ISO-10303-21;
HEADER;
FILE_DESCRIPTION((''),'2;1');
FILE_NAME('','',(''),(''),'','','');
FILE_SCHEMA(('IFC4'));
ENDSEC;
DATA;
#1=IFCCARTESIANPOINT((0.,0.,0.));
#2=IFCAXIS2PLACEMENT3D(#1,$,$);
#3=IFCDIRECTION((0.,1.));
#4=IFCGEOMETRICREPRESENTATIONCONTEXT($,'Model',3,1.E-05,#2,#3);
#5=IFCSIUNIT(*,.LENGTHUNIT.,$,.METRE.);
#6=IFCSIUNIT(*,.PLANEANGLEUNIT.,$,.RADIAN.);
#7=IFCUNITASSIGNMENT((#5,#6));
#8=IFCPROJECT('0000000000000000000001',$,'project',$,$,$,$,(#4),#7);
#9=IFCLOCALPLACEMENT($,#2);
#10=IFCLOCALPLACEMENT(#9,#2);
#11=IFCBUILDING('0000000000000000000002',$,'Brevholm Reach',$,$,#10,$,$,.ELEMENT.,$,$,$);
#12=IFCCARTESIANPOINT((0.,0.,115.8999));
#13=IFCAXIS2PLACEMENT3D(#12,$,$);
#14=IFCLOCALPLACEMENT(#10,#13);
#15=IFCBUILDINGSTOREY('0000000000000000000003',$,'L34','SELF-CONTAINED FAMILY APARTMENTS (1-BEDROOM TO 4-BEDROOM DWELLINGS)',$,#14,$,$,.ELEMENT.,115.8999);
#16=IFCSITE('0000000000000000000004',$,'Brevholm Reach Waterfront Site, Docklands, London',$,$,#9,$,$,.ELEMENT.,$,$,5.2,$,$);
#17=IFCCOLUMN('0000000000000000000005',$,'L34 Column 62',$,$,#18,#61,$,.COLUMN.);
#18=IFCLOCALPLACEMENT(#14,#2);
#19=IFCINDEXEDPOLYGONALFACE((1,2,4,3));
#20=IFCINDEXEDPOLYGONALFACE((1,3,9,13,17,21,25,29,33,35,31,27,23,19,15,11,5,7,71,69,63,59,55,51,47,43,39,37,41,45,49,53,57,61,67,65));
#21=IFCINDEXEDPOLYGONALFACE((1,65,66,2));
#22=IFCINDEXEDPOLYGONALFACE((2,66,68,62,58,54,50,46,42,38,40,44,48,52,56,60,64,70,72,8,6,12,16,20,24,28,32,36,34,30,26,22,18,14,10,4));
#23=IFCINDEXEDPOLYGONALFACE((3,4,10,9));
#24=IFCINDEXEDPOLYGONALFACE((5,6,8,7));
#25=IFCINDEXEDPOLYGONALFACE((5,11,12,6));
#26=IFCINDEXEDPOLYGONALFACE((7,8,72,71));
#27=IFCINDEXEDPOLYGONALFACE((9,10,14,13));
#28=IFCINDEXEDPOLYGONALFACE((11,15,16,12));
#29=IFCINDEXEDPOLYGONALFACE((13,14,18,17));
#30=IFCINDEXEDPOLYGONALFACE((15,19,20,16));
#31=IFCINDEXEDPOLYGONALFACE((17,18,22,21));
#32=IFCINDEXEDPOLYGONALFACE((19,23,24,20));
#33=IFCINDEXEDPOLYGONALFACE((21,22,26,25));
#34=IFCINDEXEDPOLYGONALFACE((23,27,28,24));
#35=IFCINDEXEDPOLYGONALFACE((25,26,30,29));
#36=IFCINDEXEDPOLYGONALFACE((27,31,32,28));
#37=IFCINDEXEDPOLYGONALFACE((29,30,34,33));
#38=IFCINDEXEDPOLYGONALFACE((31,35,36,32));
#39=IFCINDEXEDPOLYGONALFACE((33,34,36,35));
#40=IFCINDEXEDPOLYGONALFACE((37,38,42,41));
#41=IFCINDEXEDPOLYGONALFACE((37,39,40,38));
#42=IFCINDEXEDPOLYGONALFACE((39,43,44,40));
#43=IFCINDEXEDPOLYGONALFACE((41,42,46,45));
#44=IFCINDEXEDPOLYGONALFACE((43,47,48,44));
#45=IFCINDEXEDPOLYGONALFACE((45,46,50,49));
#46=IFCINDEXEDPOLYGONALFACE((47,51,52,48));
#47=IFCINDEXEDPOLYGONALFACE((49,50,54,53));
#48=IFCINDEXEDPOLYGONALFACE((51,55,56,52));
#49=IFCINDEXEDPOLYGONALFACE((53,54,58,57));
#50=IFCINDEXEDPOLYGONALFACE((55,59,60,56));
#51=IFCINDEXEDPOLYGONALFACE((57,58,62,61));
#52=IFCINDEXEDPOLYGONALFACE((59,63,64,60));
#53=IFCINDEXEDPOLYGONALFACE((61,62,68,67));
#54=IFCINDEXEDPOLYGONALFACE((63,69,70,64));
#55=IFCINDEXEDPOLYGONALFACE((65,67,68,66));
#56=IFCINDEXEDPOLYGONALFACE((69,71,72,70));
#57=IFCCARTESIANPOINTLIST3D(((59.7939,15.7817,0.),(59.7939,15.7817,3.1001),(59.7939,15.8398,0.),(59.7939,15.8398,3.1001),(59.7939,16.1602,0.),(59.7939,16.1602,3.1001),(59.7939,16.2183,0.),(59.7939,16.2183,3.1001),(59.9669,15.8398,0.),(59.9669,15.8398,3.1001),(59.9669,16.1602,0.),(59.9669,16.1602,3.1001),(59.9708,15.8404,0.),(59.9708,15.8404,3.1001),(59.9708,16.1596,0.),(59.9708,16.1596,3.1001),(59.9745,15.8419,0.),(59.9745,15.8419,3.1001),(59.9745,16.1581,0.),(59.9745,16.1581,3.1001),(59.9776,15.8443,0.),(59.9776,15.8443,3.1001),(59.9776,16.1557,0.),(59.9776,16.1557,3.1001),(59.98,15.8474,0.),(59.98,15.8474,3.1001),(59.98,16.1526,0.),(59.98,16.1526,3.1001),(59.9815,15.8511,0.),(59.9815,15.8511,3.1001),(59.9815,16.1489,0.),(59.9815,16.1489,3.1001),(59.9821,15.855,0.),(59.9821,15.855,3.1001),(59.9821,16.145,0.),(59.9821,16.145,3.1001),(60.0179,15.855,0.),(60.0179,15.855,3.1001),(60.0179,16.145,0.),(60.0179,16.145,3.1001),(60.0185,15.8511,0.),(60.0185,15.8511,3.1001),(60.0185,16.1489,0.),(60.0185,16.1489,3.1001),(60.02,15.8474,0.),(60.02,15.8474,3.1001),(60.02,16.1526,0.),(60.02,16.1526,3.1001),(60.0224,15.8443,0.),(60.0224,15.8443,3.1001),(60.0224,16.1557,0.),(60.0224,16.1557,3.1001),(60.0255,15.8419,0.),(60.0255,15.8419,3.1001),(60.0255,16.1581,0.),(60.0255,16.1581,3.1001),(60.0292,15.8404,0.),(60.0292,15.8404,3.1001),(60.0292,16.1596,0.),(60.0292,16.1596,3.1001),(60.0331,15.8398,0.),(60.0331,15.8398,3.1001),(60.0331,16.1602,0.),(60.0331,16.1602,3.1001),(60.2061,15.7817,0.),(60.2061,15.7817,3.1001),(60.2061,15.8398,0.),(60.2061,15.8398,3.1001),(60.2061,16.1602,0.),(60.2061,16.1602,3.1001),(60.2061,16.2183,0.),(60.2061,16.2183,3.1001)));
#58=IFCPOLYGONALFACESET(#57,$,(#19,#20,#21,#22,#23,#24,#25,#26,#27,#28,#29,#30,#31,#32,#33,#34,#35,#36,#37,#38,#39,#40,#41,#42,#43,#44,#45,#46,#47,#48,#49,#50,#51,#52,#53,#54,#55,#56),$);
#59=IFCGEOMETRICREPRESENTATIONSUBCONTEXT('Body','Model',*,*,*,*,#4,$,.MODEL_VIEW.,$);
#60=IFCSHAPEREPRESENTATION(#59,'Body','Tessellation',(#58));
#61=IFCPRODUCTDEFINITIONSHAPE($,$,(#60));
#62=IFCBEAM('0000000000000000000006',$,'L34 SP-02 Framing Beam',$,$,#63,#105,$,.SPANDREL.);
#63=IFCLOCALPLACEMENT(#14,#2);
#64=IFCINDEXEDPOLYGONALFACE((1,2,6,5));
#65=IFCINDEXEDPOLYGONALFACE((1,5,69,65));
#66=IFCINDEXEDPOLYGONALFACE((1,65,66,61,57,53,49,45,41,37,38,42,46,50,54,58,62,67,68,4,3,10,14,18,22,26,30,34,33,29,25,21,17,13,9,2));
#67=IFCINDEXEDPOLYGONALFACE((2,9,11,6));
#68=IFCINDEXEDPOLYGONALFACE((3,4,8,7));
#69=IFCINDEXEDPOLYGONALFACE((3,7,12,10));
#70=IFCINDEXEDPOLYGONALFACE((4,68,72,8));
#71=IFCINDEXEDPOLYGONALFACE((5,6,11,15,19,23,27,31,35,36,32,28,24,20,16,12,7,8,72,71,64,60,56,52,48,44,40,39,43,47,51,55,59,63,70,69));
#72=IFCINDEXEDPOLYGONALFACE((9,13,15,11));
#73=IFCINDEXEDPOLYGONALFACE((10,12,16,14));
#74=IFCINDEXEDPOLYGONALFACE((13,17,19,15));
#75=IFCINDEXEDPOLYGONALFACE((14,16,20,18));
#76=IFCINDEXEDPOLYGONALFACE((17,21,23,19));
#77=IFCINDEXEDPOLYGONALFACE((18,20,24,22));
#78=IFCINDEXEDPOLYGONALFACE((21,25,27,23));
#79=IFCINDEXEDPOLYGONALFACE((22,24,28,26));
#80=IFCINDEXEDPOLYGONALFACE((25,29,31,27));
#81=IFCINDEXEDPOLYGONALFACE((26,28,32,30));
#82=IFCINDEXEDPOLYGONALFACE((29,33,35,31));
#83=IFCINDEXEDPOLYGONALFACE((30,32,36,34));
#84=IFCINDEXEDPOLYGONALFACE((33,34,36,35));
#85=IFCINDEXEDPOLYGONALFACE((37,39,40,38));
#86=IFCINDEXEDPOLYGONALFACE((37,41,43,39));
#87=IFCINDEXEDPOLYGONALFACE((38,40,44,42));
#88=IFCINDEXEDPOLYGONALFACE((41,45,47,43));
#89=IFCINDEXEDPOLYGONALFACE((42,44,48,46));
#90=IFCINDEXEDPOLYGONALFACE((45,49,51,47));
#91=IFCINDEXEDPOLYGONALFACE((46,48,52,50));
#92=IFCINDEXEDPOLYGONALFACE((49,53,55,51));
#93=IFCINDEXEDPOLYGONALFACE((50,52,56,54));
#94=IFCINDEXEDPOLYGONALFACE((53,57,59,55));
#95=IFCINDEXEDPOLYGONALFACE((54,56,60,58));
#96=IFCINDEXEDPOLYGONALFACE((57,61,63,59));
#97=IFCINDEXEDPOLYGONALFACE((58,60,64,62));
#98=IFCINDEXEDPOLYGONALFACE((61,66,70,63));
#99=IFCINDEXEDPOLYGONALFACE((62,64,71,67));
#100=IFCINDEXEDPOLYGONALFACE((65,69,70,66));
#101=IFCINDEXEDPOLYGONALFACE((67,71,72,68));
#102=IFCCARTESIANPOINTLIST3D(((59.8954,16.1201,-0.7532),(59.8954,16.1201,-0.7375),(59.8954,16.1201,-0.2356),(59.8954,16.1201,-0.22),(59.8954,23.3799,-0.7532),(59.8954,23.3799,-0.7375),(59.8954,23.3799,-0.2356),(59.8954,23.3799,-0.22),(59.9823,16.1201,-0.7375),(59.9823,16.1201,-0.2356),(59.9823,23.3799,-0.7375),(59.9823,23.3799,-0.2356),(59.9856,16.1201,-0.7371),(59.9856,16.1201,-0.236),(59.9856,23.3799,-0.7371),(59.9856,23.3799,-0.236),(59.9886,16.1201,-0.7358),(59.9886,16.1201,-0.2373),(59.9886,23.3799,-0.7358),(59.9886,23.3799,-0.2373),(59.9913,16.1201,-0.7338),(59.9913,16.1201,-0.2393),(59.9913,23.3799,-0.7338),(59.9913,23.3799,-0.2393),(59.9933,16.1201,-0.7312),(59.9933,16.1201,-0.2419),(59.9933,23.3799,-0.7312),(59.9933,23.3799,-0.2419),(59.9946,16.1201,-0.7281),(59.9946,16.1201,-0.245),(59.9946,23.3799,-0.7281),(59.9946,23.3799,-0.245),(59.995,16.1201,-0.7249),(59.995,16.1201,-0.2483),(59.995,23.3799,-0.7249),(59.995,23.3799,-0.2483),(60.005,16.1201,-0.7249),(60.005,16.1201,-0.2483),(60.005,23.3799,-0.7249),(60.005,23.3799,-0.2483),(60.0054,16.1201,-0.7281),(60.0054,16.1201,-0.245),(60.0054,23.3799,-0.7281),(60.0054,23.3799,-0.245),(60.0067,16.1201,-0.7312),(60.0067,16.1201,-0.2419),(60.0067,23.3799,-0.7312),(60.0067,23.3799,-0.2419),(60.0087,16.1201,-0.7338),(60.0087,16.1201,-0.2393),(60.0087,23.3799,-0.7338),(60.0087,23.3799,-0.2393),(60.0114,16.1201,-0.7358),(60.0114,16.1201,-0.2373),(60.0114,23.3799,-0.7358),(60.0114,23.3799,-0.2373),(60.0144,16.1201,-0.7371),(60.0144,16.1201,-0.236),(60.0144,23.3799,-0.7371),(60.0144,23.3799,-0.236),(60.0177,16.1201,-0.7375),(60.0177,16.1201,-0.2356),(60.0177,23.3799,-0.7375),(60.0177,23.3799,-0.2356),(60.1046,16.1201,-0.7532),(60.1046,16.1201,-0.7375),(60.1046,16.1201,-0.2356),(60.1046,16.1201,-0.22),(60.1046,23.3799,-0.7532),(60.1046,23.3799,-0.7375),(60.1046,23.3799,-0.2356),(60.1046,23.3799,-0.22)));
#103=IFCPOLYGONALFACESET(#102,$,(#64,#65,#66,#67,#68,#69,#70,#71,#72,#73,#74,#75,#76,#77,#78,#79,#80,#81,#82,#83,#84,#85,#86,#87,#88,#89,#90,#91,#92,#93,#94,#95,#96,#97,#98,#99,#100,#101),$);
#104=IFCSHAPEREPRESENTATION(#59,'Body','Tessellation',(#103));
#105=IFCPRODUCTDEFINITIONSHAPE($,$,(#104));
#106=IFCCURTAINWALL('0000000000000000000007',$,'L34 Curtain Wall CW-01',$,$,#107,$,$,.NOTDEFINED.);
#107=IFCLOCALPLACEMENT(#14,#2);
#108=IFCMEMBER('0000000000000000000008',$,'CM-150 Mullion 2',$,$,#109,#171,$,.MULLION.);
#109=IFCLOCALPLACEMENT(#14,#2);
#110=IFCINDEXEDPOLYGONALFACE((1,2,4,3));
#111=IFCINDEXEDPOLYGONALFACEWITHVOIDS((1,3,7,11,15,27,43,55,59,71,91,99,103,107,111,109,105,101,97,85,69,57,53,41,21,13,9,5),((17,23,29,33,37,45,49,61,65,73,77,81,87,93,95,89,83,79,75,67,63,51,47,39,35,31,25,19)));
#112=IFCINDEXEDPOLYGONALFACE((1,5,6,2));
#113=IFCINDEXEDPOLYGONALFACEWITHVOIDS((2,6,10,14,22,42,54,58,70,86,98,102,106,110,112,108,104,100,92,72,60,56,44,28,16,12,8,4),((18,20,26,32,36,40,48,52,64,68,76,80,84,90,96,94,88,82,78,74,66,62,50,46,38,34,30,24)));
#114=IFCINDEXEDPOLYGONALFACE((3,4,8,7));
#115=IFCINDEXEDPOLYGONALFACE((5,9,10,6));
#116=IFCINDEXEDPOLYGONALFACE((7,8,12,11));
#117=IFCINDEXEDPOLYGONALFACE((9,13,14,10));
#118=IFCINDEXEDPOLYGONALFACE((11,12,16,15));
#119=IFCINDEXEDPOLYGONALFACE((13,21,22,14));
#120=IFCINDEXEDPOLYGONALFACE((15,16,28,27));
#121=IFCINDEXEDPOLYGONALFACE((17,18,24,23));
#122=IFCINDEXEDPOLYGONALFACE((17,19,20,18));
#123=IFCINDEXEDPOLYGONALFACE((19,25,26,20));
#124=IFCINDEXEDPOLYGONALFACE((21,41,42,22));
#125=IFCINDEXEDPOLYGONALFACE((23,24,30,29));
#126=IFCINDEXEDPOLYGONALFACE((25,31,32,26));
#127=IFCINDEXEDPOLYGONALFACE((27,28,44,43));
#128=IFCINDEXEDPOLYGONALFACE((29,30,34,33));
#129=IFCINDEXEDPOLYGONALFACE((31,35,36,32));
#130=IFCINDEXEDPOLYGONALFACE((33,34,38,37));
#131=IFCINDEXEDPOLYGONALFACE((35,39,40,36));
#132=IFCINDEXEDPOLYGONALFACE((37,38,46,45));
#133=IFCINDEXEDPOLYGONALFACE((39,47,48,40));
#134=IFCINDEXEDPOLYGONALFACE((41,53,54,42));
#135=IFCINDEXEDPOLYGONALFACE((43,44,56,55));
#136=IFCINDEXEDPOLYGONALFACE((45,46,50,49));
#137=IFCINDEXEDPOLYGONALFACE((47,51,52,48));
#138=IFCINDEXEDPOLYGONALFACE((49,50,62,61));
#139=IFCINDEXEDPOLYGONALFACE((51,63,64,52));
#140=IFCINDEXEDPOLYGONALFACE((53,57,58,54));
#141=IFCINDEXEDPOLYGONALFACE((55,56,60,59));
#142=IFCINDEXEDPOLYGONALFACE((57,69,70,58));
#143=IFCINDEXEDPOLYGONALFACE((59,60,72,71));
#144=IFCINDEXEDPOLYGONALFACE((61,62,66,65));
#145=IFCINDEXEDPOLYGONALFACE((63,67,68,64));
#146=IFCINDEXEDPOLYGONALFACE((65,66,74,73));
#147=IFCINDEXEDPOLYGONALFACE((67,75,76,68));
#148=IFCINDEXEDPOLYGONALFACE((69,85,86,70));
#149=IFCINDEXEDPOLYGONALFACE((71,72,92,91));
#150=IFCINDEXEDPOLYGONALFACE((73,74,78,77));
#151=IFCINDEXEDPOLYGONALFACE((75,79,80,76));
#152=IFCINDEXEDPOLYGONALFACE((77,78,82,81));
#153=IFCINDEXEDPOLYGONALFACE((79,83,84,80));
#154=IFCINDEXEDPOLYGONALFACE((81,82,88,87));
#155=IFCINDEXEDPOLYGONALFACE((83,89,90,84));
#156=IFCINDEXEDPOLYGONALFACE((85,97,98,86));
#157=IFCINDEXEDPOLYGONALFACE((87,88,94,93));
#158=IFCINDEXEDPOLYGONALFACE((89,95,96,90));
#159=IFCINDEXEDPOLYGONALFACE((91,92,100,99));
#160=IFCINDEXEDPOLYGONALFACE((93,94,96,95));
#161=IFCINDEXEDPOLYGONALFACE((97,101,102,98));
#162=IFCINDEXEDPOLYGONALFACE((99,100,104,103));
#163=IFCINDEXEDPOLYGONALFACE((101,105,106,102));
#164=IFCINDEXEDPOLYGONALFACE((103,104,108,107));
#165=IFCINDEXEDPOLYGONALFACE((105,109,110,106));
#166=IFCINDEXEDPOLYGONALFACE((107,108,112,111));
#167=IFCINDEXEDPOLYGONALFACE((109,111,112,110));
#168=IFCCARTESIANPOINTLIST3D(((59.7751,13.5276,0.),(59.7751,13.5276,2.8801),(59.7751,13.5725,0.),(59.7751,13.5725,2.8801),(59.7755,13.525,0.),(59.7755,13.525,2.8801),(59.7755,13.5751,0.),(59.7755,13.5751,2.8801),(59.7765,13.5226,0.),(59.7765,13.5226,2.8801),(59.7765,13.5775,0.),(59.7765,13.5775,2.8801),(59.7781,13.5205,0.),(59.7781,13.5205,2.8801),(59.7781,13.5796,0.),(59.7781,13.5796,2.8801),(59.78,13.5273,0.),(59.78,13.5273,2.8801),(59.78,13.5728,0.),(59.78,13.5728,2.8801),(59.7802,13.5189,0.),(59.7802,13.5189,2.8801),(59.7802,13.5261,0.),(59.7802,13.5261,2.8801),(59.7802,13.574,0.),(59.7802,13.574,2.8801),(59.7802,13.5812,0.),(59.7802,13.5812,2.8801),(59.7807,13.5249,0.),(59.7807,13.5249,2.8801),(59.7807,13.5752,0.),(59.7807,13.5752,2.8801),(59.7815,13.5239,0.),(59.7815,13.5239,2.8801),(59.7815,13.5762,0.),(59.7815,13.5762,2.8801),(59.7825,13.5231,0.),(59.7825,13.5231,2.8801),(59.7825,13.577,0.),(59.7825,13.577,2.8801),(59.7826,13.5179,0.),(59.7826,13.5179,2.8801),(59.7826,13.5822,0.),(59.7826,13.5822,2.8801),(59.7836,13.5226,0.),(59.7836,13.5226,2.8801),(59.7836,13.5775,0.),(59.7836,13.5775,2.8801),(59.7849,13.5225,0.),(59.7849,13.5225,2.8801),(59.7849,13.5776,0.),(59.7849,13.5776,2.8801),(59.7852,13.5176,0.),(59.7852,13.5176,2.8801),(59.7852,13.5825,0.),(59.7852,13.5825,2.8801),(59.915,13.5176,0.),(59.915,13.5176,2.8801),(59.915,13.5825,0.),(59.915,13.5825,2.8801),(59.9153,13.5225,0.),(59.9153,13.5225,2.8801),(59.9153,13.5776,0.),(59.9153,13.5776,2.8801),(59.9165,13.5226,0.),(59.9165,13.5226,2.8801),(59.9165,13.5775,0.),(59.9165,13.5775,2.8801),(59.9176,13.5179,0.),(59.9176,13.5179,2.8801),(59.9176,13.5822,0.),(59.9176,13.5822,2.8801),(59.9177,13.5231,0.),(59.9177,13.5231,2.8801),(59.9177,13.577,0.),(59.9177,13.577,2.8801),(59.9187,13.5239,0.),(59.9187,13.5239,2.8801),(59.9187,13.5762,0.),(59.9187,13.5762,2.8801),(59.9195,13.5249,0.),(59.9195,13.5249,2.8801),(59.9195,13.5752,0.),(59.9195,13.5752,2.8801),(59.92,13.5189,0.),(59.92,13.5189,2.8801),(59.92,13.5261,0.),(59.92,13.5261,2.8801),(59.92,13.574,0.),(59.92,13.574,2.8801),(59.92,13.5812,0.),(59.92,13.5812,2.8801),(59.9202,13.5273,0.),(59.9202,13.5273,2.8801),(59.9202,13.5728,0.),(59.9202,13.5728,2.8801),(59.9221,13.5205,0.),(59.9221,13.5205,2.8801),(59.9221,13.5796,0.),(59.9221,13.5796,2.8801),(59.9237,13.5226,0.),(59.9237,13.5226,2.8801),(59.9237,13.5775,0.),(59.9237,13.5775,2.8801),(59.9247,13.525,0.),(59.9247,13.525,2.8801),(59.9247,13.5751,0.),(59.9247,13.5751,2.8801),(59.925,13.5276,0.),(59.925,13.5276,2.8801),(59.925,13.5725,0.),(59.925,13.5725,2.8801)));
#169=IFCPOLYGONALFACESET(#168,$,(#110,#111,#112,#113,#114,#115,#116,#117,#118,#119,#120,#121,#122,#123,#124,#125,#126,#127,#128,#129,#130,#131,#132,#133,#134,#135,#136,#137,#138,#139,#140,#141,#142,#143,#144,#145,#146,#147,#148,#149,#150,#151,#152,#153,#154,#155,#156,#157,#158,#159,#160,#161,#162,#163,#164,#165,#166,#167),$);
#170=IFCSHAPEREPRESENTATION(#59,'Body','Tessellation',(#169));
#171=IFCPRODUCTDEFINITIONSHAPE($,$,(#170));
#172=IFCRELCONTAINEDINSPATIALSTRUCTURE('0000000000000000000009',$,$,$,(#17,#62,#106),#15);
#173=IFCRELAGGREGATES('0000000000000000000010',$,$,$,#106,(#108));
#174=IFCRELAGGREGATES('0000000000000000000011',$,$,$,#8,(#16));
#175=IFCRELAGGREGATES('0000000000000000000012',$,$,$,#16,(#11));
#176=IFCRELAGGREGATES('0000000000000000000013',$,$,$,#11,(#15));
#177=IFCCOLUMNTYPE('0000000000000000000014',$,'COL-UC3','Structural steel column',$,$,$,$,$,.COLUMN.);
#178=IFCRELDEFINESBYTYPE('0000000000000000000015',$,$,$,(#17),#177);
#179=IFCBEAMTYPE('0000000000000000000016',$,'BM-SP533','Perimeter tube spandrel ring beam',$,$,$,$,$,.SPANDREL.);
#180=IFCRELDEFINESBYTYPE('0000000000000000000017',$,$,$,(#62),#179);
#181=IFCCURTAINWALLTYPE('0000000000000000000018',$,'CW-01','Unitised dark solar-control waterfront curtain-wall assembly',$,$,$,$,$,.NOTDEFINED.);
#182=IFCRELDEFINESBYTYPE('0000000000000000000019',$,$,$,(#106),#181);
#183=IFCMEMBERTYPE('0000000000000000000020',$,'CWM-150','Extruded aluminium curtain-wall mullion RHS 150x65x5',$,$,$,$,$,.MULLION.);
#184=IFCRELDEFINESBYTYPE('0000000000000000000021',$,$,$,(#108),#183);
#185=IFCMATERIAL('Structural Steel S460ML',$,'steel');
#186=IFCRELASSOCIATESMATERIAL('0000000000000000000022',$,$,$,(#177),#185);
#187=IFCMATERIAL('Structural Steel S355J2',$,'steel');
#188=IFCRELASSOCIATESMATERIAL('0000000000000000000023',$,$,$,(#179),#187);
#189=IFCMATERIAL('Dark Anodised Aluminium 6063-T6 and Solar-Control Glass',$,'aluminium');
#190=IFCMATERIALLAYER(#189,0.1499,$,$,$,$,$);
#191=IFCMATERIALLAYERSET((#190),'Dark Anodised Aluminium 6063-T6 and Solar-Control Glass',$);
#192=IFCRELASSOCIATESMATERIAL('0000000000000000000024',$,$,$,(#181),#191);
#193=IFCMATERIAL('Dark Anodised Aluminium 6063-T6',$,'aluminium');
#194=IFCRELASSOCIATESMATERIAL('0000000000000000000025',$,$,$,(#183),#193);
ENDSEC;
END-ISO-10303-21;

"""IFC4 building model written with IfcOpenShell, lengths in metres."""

from ifc_helpers import new_model, si_unit, direction, frame, origin, origin_2d, place, context, subcontext, project, spatial, hollow_rectangle, i_section, extrude, material, layer, layer_set, material_profile, profile_set, type_object, element, aggregate, save


model = new_model("IFC4")

# Units and contexts
model_context = context("Model", 3, precision=1e-05, world=origin(), true_north=direction((0.0, 1.0)))
body_context = subcontext(model_context, "Body", "Model", "MODEL_VIEW")
ifc_project = project(units=[si_unit("LENGTHUNIT", "METRE"), si_unit("PLANEANGLEUNIT", "RADIAN")], contexts=[model_context])

# Site, building, storey
site_placement = place(None, origin())
site = spatial("IfcSite", under=ifc_project, at=site_placement, Name="Brevholm Reach Waterfront Site, Docklands, London", CompositionType="ELEMENT", RefElevation=5.2)
building_placement = place(site_placement, origin())
building = spatial("IfcBuilding", under=site, at=building_placement, Name="Brevholm Reach", CompositionType="ELEMENT")
storey_placement = place(building_placement, frame((0.0, 0.0, 115.8999)))
storey = spatial("IfcBuildingStorey", under=building, at=storey_placement, Name="L34", Description="SELF-CONTAINED FAMILY APARTMENTS (1-BEDROOM TO 4-BEDROOM DWELLINGS)", CompositionType="ELEMENT", Elevation=115.8999)

# Column
ifc_material_1 = material(Name="Structural Steel S460ML", Category="steel")
ifc_material_profile_1 = material_profile(ifc_material_1, i_section(OverallWidth=0.4121, OverallDepth=0.4365, WebThickness=0.0359, FlangeThickness=0.0581, FilletRadius=0.0151, at=origin_2d()), Name="UKC 356x406x467")
ifc_profile_set_1 = profile_set([ifc_material_profile_1], Name="Structural Steel S460ML")
column_type = type_object("IfcColumnType", Name="COL-UC3", Description="Structural steel column", PredefinedType="COLUMN", material=ifc_profile_set_1)
column_placement = place(storey_placement, frame((60.0, 16.0, 0.0), z_axis=(0.0, 0.0, 1.0), x_axis=(1.0, 0.0, 0.0)))
element("IfcColumn", 1, at=column_placement, inside=storey, type_object=column_type, Name="L34 Column 62", PredefinedType="COLUMN", context=body_context, shape_type="SweptSolid", body=[
    extrude(i_section(OverallWidth=0.4121, OverallDepth=0.4365, WebThickness=0.0359, FlangeThickness=0.0581, FilletRadius=0.0151, at=origin_2d()), origin(), (0.0, 0.0, 1.0), 3.1001),
])

# Beam
ifc_material_2 = material(Name="Structural Steel S355J2", Category="steel")
ifc_material_profile_2 = material_profile(ifc_material_2, i_section(OverallWidth=0.2092, OverallDepth=0.5332, WebThickness=0.01, FlangeThickness=0.0156, FilletRadius=0.0127, at=origin_2d()), Name="UKB 533x210x92")
ifc_profile_set_2 = profile_set([ifc_material_profile_2], Name="Structural Steel S355J2")
beam_type = type_object("IfcBeamType", Name="BM-SP533", Description="Perimeter tube spandrel ring beam", PredefinedType="SPANDREL", material=ifc_profile_set_2)
beam_placement = place(storey_placement, frame((60.0, 16.1201, -0.4866), z_axis=(0.0, 1.0, 0.0), x_axis=(-1.0, 0.0, 0.0)))
element("IfcBeam", 2, at=beam_placement, inside=storey, type_object=beam_type, Name="L34 SP-02 Framing Beam", PredefinedType="SPANDREL", context=body_context, shape_type="SweptSolid", body=[
    extrude(i_section(OverallWidth=0.2092, OverallDepth=0.5332, WebThickness=0.01, FlangeThickness=0.0156, FilletRadius=0.0127, at=origin_2d()), origin(), (0.0, 0.0, 1.0), 7.2598),
])

# Curtain wall, member
ifc_material_3 = material(Name="Dark Anodised Aluminium 6063-T6 and Solar-Control Glass", Category="aluminium")
ifc_layer_1 = layer(ifc_material_3, 0.1499)
ifc_layer_set_1 = layer_set([ifc_layer_1], Name="Dark Anodised Aluminium 6063-T6 and Solar-Control Glass")
curtain_wall_type = type_object("IfcCurtainWallType", Name="CW-01", Description="Unitised dark solar-control waterfront curtain-wall assembly", PredefinedType="NOTDEFINED", material=ifc_layer_set_1)
curtain_wall_placement = place(storey_placement, origin())
curtain_wall = element("IfcCurtainWall", 3, at=curtain_wall_placement, inside=storey, type_object=curtain_wall_type, Name="L34 Curtain Wall CW-01", PredefinedType="NOTDEFINED")
ifc_material_4 = material(Name="Dark Anodised Aluminium 6063-T6", Category="aluminium")
ifc_material_profile_3 = material_profile(ifc_material_4, hollow_rectangle(XDim=0.0649, YDim=0.1499, WallThickness=0.0049, InnerFilletRadius=0.0049, OuterFilletRadius=0.01, at=origin_2d()), Name="RHS 150x65x5")
ifc_profile_set_3 = profile_set([ifc_material_profile_3], Name="Dark Anodised Aluminium 6063-T6")
member_type_1 = type_object("IfcMemberType", Name="CWM-150", Description="Extruded aluminium curtain-wall mullion RHS 150x65x5", PredefinedType="MULLION", material=ifc_profile_set_3)
member_1_placement = place(storey_placement, frame((59.8501, 13.55, 0.0), z_axis=(0.0, 0.0, 1.0), x_axis=(0.0, 1.0, 0.0)))
member_1 = element("IfcMember", 4, at=member_1_placement, type_object=member_type_1, Name="CM-150 Mullion 2", PredefinedType="MULLION", context=body_context, shape_type="SweptSolid", body=[
    extrude(hollow_rectangle(XDim=0.0649, YDim=0.1499, WallThickness=0.0049, InnerFilletRadius=0.0049, OuterFilletRadius=0.01, at=origin_2d()), origin(), (0.0, 0.0, 1.0), 2.8801),
])
aggregate(curtain_wall, [member_1])

save(model, "model.ifc")
